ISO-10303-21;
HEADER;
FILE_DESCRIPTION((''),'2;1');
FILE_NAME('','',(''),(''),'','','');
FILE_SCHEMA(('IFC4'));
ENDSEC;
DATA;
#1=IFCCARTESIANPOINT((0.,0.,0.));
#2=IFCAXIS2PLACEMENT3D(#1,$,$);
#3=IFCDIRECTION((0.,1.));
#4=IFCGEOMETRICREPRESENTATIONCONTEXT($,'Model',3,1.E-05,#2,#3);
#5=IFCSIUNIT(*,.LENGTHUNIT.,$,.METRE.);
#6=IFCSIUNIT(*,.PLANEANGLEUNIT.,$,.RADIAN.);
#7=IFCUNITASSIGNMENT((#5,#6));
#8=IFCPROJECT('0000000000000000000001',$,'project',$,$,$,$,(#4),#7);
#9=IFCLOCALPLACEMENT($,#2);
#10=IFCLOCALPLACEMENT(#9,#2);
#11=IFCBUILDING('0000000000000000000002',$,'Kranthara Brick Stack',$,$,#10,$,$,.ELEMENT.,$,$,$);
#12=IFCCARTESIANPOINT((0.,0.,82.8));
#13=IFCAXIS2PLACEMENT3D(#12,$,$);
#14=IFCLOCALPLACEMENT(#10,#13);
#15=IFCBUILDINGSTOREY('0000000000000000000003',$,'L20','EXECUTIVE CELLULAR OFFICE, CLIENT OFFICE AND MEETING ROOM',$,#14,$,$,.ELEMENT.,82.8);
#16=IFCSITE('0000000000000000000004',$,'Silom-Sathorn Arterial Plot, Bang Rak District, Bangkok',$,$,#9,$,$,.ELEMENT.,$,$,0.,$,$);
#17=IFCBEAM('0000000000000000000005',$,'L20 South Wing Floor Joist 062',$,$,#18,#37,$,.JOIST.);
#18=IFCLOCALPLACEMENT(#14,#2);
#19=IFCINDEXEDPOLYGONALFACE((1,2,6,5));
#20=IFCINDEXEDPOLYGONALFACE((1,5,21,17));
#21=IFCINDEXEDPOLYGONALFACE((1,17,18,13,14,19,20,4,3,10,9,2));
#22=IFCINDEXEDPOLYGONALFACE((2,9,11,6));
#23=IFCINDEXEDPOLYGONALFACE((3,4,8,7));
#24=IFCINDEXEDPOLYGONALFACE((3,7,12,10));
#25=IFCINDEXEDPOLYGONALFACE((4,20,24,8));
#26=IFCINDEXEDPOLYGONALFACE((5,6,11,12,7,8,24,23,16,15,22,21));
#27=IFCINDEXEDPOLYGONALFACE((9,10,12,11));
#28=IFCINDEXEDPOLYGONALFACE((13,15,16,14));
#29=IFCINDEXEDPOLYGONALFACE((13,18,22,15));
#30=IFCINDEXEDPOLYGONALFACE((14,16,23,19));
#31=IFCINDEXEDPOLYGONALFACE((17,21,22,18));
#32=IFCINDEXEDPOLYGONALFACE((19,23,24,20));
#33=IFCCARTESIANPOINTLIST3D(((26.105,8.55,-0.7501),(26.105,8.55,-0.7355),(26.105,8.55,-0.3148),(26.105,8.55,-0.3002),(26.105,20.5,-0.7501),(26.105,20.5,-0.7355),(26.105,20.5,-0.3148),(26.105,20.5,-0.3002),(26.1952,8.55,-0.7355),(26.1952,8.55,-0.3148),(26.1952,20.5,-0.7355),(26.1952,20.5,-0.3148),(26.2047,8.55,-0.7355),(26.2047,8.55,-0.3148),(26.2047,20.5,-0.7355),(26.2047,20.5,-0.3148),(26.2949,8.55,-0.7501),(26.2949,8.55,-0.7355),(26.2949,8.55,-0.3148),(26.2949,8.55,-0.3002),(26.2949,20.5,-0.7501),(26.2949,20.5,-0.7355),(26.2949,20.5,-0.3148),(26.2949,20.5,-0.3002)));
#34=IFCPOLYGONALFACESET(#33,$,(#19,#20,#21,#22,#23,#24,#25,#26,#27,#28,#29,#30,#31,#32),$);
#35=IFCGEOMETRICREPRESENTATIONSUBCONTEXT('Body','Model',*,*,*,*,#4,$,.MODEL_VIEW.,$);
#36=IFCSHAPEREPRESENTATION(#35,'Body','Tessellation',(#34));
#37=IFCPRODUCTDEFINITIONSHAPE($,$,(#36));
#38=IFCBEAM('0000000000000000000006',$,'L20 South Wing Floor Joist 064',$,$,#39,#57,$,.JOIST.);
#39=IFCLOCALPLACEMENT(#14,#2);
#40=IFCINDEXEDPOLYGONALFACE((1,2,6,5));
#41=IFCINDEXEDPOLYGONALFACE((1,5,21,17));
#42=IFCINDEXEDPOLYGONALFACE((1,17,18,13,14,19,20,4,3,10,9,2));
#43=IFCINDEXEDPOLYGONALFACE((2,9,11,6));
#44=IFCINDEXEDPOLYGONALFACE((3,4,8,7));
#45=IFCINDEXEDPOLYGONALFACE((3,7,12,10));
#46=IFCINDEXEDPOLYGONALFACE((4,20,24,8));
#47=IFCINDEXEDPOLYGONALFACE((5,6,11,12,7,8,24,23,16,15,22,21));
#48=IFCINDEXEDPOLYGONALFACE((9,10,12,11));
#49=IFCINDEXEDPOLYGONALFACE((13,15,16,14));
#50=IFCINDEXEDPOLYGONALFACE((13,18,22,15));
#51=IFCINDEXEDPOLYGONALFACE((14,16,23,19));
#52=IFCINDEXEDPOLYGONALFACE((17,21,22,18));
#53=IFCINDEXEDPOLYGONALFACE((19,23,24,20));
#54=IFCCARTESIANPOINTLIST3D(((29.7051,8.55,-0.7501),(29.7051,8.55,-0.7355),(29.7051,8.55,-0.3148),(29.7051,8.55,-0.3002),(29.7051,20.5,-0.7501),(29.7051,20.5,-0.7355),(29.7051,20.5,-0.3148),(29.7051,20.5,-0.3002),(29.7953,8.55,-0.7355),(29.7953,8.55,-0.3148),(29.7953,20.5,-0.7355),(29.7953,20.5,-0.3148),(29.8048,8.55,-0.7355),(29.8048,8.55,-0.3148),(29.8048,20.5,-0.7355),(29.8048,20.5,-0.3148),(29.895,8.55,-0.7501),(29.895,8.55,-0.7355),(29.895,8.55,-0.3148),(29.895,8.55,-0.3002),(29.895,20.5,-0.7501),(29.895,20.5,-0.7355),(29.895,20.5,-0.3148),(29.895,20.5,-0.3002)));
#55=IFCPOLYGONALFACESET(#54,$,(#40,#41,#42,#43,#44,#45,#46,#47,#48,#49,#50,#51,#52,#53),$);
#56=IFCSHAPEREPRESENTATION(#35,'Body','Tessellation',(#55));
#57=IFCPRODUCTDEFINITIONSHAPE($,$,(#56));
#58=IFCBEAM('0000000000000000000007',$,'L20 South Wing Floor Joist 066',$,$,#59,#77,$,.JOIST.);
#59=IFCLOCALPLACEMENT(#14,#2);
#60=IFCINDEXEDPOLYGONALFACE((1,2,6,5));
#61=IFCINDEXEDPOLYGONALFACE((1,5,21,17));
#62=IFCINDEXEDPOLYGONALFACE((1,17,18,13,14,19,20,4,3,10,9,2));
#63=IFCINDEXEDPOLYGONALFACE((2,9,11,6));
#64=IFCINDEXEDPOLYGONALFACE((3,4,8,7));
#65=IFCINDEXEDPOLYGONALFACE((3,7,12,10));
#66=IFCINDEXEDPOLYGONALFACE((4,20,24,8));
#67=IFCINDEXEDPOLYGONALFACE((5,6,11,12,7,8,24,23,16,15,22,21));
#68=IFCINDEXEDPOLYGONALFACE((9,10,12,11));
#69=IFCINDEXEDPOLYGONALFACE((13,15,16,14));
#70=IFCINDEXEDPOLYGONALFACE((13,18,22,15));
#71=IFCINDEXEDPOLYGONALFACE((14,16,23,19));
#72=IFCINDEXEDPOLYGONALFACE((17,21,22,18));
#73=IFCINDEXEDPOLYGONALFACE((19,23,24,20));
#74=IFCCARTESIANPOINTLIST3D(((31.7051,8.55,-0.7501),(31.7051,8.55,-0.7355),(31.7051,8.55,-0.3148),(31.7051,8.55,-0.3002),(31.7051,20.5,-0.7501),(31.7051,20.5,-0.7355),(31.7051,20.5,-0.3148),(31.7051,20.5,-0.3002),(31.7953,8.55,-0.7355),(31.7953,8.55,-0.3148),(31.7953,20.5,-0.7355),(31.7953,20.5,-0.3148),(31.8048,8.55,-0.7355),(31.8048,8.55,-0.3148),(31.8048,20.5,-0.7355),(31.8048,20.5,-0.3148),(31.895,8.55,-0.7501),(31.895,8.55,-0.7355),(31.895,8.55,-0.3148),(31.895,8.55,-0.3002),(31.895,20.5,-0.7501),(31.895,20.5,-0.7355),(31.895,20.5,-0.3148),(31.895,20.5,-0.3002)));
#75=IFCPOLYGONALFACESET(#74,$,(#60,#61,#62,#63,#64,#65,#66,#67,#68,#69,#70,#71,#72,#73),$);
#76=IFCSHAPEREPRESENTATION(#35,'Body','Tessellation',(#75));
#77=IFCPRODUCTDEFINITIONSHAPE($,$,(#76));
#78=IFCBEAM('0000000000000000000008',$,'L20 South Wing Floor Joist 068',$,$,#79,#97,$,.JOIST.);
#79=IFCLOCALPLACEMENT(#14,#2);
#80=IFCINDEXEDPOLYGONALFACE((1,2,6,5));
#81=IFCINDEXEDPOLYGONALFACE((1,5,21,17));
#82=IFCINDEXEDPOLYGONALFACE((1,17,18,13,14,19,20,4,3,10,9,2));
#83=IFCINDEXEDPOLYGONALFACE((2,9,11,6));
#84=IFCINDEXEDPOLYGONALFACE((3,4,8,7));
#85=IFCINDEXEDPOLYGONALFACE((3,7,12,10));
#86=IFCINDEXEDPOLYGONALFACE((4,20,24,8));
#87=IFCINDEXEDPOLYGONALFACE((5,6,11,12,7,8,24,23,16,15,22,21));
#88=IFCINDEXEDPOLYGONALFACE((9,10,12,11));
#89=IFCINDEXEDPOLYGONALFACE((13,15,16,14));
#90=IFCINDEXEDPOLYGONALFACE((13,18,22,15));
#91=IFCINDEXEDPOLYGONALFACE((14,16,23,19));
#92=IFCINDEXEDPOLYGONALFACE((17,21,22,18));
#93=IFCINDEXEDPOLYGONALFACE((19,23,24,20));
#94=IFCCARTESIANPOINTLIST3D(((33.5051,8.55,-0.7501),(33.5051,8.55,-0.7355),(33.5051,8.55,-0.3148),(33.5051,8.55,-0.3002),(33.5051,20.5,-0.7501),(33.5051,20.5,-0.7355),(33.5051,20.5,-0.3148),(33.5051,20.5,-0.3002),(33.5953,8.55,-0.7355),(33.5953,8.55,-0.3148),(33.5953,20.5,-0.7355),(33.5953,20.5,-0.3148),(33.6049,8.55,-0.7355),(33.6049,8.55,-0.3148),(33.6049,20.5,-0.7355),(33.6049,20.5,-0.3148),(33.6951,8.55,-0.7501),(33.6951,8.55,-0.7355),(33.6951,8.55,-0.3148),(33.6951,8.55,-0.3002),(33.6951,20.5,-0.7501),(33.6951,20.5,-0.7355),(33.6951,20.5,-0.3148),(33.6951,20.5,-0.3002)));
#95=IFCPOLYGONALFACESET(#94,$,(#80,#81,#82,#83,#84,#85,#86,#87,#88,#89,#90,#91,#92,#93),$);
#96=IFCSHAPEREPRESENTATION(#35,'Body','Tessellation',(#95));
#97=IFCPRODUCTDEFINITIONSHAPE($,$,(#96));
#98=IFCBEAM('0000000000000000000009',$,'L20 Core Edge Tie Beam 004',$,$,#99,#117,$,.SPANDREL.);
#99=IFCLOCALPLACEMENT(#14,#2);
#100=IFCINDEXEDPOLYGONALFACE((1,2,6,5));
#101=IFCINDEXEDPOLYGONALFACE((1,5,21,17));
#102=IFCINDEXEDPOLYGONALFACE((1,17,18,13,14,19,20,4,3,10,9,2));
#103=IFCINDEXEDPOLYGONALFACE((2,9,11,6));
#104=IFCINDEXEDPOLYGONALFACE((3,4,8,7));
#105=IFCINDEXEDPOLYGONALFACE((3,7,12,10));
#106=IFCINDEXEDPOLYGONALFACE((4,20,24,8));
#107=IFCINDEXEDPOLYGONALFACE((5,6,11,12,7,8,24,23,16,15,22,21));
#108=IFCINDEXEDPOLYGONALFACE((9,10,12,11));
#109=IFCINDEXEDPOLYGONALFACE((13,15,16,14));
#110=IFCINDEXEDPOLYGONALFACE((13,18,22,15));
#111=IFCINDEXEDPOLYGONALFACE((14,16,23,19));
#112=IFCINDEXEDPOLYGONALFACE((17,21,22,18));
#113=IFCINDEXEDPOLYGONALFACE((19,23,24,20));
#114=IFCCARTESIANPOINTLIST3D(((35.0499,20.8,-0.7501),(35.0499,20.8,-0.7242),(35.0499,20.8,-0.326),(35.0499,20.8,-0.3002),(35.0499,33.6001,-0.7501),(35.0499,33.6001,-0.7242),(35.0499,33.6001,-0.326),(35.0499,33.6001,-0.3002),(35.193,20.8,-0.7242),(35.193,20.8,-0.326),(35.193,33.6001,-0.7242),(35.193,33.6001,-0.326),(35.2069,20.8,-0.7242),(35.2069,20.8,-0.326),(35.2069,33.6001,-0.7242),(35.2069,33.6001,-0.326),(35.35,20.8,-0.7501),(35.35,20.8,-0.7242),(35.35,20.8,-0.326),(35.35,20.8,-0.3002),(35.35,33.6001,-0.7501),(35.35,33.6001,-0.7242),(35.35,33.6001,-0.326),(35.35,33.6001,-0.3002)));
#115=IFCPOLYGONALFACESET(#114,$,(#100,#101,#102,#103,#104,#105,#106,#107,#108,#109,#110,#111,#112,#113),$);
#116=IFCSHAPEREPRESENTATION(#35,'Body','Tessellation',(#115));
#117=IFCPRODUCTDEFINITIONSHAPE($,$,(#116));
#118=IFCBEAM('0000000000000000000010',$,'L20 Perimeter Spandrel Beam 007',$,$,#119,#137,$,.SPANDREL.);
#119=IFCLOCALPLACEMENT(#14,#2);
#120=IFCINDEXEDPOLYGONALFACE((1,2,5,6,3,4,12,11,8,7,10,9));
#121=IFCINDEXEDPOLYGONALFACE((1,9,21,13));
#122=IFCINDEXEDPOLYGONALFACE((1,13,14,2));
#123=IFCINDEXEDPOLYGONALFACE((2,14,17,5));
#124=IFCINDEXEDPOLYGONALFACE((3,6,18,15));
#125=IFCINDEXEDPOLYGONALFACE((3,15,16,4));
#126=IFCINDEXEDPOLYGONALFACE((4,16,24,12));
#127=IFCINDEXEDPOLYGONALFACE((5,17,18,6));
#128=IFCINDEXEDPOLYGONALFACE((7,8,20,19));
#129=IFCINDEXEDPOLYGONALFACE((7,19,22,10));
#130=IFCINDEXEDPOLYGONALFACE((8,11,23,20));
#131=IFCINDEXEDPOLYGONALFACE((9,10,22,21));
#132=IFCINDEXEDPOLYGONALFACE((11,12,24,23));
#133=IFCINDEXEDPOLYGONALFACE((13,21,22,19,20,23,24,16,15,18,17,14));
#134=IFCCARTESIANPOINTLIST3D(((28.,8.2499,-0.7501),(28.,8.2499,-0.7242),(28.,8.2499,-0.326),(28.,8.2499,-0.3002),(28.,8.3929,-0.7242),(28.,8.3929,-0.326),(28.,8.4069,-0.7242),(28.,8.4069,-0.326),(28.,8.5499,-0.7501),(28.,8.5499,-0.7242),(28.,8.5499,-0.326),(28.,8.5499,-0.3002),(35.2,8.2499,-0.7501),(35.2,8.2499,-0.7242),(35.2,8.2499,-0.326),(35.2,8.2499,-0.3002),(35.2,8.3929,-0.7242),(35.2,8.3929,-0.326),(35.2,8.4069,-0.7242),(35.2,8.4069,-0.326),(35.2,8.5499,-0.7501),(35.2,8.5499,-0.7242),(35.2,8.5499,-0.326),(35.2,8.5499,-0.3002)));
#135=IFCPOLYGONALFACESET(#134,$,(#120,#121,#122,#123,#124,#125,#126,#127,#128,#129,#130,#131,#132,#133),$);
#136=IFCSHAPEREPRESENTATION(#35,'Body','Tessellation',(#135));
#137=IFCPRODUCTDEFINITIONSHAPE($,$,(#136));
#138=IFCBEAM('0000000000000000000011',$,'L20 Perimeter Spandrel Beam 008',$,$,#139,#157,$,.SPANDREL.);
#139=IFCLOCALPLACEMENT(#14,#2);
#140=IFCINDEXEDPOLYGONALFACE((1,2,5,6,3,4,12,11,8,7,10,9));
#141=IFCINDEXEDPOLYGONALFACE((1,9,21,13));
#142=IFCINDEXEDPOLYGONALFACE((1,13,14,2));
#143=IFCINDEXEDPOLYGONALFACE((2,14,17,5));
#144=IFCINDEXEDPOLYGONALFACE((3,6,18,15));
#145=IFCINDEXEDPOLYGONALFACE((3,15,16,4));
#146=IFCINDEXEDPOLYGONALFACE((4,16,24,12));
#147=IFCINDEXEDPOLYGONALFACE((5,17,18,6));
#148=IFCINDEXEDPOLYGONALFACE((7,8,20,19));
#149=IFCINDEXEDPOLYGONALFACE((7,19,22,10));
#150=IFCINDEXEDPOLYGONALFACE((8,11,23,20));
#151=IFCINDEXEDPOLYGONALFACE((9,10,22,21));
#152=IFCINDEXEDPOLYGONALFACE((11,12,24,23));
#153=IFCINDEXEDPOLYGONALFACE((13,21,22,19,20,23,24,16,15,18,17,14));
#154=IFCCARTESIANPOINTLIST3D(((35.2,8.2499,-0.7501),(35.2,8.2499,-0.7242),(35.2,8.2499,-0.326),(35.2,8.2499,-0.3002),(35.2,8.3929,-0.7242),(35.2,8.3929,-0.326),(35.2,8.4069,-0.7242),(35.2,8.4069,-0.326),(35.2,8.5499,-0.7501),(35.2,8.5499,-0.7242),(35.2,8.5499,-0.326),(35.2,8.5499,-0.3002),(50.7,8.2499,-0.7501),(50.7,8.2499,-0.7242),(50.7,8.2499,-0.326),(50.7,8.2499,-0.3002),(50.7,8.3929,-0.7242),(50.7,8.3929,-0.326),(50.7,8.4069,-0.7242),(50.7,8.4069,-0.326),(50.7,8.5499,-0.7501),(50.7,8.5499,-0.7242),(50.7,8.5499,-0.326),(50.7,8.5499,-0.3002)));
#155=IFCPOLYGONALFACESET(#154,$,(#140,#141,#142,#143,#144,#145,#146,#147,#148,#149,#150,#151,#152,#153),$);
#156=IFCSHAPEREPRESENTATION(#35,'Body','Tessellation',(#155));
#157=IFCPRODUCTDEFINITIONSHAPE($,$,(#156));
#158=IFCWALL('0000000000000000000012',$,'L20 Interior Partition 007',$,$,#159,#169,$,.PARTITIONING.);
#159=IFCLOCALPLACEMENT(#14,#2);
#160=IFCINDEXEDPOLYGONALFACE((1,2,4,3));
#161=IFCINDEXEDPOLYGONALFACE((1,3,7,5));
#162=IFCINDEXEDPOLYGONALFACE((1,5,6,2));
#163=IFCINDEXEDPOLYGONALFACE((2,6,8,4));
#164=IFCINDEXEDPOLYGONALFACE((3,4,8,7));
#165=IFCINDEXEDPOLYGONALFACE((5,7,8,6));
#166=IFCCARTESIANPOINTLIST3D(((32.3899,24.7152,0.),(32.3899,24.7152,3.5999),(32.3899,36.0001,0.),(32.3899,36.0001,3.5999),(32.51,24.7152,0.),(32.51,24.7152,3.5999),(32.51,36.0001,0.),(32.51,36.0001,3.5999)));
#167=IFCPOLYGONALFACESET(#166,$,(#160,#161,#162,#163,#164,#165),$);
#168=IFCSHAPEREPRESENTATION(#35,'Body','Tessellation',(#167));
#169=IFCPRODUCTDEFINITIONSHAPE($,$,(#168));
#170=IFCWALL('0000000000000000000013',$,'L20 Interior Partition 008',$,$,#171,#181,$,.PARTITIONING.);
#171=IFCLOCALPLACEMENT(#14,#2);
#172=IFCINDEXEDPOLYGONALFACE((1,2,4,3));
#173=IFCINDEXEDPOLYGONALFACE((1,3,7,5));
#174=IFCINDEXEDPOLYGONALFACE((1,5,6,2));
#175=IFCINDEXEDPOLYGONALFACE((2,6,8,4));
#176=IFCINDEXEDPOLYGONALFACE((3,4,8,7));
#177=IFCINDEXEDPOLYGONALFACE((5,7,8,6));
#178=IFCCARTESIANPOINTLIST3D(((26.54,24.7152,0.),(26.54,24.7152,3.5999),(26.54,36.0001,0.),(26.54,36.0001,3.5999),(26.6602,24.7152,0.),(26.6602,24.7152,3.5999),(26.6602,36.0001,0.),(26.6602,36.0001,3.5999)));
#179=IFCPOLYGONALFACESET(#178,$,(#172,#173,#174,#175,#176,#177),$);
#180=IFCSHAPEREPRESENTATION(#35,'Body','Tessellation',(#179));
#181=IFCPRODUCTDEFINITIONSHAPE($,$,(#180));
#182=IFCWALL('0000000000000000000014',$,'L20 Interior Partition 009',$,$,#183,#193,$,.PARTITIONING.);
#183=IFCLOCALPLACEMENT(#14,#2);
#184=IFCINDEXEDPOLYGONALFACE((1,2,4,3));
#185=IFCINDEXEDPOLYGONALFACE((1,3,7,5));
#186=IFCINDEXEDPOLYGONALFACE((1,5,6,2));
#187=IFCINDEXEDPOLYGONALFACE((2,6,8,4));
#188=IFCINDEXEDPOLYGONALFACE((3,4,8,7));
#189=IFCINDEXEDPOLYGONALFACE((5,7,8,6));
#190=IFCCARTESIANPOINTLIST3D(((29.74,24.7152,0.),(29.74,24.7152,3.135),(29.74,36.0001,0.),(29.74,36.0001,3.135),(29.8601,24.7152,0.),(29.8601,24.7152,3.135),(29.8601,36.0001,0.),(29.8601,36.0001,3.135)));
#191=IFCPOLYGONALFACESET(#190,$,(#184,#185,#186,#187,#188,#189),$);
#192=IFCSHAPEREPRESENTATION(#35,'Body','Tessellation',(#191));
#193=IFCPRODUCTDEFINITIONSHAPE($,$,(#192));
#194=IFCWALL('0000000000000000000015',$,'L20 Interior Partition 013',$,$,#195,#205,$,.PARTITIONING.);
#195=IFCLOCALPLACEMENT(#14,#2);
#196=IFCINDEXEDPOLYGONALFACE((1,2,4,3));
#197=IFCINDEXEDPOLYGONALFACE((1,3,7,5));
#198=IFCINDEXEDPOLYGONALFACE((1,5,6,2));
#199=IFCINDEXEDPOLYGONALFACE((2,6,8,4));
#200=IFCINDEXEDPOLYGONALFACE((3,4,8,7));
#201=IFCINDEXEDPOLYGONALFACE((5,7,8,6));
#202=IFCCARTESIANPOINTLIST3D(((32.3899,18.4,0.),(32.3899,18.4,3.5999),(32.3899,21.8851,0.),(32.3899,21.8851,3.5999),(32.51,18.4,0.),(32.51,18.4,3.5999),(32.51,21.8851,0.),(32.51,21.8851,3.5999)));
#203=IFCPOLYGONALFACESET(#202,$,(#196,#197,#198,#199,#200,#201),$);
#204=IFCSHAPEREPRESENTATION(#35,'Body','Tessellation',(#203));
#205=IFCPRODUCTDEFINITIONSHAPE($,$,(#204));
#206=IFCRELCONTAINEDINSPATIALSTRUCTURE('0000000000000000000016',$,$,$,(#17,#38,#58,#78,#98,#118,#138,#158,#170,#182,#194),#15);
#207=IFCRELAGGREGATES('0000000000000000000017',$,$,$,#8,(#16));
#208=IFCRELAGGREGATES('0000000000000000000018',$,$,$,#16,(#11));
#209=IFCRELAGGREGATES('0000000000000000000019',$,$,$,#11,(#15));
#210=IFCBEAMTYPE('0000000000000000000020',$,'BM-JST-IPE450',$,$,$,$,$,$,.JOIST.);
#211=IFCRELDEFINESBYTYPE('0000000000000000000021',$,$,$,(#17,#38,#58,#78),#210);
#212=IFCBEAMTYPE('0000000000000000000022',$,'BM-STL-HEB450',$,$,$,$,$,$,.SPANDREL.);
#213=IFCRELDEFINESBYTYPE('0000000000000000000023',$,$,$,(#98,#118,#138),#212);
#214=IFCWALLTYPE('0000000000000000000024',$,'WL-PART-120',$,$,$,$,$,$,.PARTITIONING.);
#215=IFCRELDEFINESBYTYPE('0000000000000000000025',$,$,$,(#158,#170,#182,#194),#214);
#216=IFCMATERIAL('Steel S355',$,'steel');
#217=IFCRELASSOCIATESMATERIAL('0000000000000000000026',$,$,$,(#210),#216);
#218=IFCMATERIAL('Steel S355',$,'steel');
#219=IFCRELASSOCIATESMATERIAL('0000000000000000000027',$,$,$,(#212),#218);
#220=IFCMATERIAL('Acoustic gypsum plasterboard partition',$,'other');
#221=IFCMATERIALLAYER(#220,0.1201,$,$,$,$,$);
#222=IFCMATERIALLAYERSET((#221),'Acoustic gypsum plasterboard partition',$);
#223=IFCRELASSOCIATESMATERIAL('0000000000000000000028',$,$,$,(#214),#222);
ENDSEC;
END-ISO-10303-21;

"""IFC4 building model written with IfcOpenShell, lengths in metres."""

from ifc_helpers import new_model, si_unit, direction, frame, frame_2d, origin, origin_2d, place, context, subcontext, project, spatial, rectangle, i_section, extrude, material, layer, layer_set, material_profile, profile_set, type_object, element, save


model = new_model("IFC4")

# Units and contexts
model_context = context("Model", 3, precision=1e-05, world=origin(), true_north=direction((0.0, 1.0)))
body_context = subcontext(model_context, "Body", "Model", "MODEL_VIEW")
ifc_project = project(units=[si_unit("LENGTHUNIT", "METRE"), si_unit("PLANEANGLEUNIT", "RADIAN")], contexts=[model_context])

# Site, building, storey
site_placement = place(None, origin())
site = spatial("IfcSite", under=ifc_project, at=site_placement, Name="Silom-Sathorn Arterial Plot, Bang Rak District, Bangkok", CompositionType="ELEMENT", RefElevation=0.0)
building_placement = place(site_placement, origin())
building = spatial("IfcBuilding", under=site, at=building_placement, Name="Kranthara Brick Stack", CompositionType="ELEMENT")
storey_placement = place(building_placement, frame((0.0, 0.0, 82.8)))
storey = spatial("IfcBuildingStorey", under=building, at=storey_placement, Name="L20", Description="EXECUTIVE CELLULAR OFFICE, CLIENT OFFICE AND MEETING ROOM", CompositionType="ELEMENT", Elevation=82.8)

# Beams
ifc_material_1 = material(Name="Steel S355", Category="steel")
ifc_material_profile_1 = material_profile(ifc_material_1, i_section(OverallWidth=0.1899, OverallDepth=0.45, WebThickness=0.0095, FlangeThickness=0.0146, at=origin_2d()), Name="IPE 450")
ifc_profile_set_1 = profile_set([ifc_material_profile_1], Name="Steel S355")
beam_type_1 = type_object("IfcBeamType", Name="BM-JST-IPE450", PredefinedType="JOIST", material=ifc_profile_set_1)
for number, where, z_axis, x_axis, name in (
    (1, (26.2, 8.55, -0.5251), (0.0, 1.0, 0.0), (-1.0, 0.0, 0.0), "L20 South Wing Floor Joist 062"),
    (2, (29.8, 8.55, -0.5251), (0.0, 1.0, 0.0), (-1.0, 0.0, 0.0), "L20 South Wing Floor Joist 064"),
    (3, (31.8, 8.55, -0.5251), (0.0, 1.0, 0.0), (-1.0, 0.0, 0.0), "L20 South Wing Floor Joist 066"),
    (4, (33.6001, 8.55, -0.5251), (0.0, 1.0, 0.0), (-1.0, 0.0, 0.0), "L20 South Wing Floor Joist 068"),
):
    element("IfcBeam", number, at=place(storey_placement, frame(where, z_axis=z_axis, x_axis=x_axis)), inside=storey, type_object=beam_type_1, Name=name, PredefinedType="JOIST", context=body_context, shape_type="SweptSolid", body=[
        extrude(i_section(OverallWidth=0.1899, OverallDepth=0.45, WebThickness=0.0095, FlangeThickness=0.0146, at=origin_2d()), origin(), (0.0, 0.0, 1.0), 11.95),
    ])
ifc_material_2 = material(Name="Steel S355", Category="steel")
ifc_material_profile_2 = material_profile(ifc_material_2, i_section(OverallWidth=0.3, OverallDepth=0.45, WebThickness=0.0139, FlangeThickness=0.0259, at=origin_2d()), Name="HEB 450")
ifc_profile_set_2 = profile_set([ifc_material_profile_2], Name="Steel S355")
beam_type_2 = type_object("IfcBeamType", Name="BM-STL-HEB450", PredefinedType="SPANDREL", material=ifc_profile_set_2)
beam_1_placement = place(storey_placement, frame((35.2, 20.8, -0.5251), z_axis=(0.0, 1.0, 0.0), x_axis=(-1.0, 0.0, 0.0)))
element("IfcBeam", 5, at=beam_1_placement, inside=storey, type_object=beam_type_2, Name="L20 Core Edge Tie Beam 004", PredefinedType="SPANDREL", context=body_context, shape_type="SweptSolid", body=[
    extrude(i_section(OverallWidth=0.3, OverallDepth=0.45, WebThickness=0.0139, FlangeThickness=0.0259, at=origin_2d()), origin(), (0.0, 0.0, 1.0), 12.8),
])
beam_2_placement = place(storey_placement, frame((28.0, 8.3999, -0.5251), z_axis=(1.0, 0.0, 0.0), x_axis=(0.0, 1.0, 0.0)))
element("IfcBeam", 6, at=beam_2_placement, inside=storey, type_object=beam_type_2, Name="L20 Perimeter Spandrel Beam 007", PredefinedType="SPANDREL", context=body_context, shape_type="SweptSolid", body=[
    extrude(i_section(OverallWidth=0.3, OverallDepth=0.45, WebThickness=0.0139, FlangeThickness=0.0259, at=origin_2d()), origin(), (0.0, 0.0, 1.0), 7.2),
])
beam_3_placement = place(storey_placement, frame((35.2, 8.3999, -0.5251), z_axis=(1.0, 0.0, 0.0), x_axis=(0.0, 1.0, 0.0)))
element("IfcBeam", 7, at=beam_3_placement, inside=storey, type_object=beam_type_2, Name="L20 Perimeter Spandrel Beam 008", PredefinedType="SPANDREL", context=body_context, shape_type="SweptSolid", body=[
    extrude(i_section(OverallWidth=0.3, OverallDepth=0.45, WebThickness=0.0139, FlangeThickness=0.0259, at=origin_2d()), origin(), (0.0, 0.0, 1.0), 15.5),
])

# Walls
ifc_material_3 = material(Name="Acoustic gypsum plasterboard partition", Category="other")
ifc_layer_1 = layer(ifc_material_3, 0.1201)
ifc_layer_set_1 = layer_set([ifc_layer_1], Name="Acoustic gypsum plasterboard partition")
wall_type_1 = type_object("IfcWallType", Name="WL-PART-120", PredefinedType="PARTITIONING", material=ifc_layer_set_1)
for number, where, z_axis, x_axis, name in (
    (8, (32.45, 24.7151, 0.0), (0.0, 0.0, 1.0), (0.0, 1.0, 0.0), "L20 Interior Partition 007"),
    (9, (26.6001, 24.7151, 0.0), (0.0, 0.0, 1.0), (0.0, 1.0, 0.0), "L20 Interior Partition 008"),
):
    element("IfcWall", number, at=place(storey_placement, frame(where, z_axis=z_axis, x_axis=x_axis)), inside=storey, type_object=wall_type_1, Name=name, PredefinedType="PARTITIONING", context=body_context, shape_type="SweptSolid", body=[
        extrude(rectangle(XDim=11.2849, YDim=0.1201, at=frame_2d((5.6426, 0.0))), origin(), (0.0, 0.0, 1.0), 3.5999),
    ])
wall_1_placement = place(storey_placement, frame((29.8, 24.7151, 0.0), z_axis=(0.0, 0.0, 1.0), x_axis=(0.0, 1.0, 0.0)))
element("IfcWall", 10, at=wall_1_placement, inside=storey, type_object=wall_type_1, Name="L20 Interior Partition 009", PredefinedType="PARTITIONING", context=body_context, shape_type="SweptSolid", body=[
    extrude(rectangle(XDim=11.2849, YDim=0.1201, at=frame_2d((5.6426, 0.0))), origin(), (0.0, 0.0, 1.0), 3.135),
])
wall_2_placement = place(storey_placement, frame((32.45, 18.3999, 0.0), z_axis=(0.0, 0.0, 1.0), x_axis=(0.0, 1.0, 0.0)))
element("IfcWall", 11, at=wall_2_placement, inside=storey, type_object=wall_type_1, Name="L20 Interior Partition 013", PredefinedType="PARTITIONING", context=body_context, shape_type="SweptSolid", body=[
    extrude(rectangle(XDim=3.4851, YDim=0.1201, at=frame_2d((1.7427, 0.0))), origin(), (0.0, 0.0, 1.0), 3.5999),
])

save(model, "model.ifc")
